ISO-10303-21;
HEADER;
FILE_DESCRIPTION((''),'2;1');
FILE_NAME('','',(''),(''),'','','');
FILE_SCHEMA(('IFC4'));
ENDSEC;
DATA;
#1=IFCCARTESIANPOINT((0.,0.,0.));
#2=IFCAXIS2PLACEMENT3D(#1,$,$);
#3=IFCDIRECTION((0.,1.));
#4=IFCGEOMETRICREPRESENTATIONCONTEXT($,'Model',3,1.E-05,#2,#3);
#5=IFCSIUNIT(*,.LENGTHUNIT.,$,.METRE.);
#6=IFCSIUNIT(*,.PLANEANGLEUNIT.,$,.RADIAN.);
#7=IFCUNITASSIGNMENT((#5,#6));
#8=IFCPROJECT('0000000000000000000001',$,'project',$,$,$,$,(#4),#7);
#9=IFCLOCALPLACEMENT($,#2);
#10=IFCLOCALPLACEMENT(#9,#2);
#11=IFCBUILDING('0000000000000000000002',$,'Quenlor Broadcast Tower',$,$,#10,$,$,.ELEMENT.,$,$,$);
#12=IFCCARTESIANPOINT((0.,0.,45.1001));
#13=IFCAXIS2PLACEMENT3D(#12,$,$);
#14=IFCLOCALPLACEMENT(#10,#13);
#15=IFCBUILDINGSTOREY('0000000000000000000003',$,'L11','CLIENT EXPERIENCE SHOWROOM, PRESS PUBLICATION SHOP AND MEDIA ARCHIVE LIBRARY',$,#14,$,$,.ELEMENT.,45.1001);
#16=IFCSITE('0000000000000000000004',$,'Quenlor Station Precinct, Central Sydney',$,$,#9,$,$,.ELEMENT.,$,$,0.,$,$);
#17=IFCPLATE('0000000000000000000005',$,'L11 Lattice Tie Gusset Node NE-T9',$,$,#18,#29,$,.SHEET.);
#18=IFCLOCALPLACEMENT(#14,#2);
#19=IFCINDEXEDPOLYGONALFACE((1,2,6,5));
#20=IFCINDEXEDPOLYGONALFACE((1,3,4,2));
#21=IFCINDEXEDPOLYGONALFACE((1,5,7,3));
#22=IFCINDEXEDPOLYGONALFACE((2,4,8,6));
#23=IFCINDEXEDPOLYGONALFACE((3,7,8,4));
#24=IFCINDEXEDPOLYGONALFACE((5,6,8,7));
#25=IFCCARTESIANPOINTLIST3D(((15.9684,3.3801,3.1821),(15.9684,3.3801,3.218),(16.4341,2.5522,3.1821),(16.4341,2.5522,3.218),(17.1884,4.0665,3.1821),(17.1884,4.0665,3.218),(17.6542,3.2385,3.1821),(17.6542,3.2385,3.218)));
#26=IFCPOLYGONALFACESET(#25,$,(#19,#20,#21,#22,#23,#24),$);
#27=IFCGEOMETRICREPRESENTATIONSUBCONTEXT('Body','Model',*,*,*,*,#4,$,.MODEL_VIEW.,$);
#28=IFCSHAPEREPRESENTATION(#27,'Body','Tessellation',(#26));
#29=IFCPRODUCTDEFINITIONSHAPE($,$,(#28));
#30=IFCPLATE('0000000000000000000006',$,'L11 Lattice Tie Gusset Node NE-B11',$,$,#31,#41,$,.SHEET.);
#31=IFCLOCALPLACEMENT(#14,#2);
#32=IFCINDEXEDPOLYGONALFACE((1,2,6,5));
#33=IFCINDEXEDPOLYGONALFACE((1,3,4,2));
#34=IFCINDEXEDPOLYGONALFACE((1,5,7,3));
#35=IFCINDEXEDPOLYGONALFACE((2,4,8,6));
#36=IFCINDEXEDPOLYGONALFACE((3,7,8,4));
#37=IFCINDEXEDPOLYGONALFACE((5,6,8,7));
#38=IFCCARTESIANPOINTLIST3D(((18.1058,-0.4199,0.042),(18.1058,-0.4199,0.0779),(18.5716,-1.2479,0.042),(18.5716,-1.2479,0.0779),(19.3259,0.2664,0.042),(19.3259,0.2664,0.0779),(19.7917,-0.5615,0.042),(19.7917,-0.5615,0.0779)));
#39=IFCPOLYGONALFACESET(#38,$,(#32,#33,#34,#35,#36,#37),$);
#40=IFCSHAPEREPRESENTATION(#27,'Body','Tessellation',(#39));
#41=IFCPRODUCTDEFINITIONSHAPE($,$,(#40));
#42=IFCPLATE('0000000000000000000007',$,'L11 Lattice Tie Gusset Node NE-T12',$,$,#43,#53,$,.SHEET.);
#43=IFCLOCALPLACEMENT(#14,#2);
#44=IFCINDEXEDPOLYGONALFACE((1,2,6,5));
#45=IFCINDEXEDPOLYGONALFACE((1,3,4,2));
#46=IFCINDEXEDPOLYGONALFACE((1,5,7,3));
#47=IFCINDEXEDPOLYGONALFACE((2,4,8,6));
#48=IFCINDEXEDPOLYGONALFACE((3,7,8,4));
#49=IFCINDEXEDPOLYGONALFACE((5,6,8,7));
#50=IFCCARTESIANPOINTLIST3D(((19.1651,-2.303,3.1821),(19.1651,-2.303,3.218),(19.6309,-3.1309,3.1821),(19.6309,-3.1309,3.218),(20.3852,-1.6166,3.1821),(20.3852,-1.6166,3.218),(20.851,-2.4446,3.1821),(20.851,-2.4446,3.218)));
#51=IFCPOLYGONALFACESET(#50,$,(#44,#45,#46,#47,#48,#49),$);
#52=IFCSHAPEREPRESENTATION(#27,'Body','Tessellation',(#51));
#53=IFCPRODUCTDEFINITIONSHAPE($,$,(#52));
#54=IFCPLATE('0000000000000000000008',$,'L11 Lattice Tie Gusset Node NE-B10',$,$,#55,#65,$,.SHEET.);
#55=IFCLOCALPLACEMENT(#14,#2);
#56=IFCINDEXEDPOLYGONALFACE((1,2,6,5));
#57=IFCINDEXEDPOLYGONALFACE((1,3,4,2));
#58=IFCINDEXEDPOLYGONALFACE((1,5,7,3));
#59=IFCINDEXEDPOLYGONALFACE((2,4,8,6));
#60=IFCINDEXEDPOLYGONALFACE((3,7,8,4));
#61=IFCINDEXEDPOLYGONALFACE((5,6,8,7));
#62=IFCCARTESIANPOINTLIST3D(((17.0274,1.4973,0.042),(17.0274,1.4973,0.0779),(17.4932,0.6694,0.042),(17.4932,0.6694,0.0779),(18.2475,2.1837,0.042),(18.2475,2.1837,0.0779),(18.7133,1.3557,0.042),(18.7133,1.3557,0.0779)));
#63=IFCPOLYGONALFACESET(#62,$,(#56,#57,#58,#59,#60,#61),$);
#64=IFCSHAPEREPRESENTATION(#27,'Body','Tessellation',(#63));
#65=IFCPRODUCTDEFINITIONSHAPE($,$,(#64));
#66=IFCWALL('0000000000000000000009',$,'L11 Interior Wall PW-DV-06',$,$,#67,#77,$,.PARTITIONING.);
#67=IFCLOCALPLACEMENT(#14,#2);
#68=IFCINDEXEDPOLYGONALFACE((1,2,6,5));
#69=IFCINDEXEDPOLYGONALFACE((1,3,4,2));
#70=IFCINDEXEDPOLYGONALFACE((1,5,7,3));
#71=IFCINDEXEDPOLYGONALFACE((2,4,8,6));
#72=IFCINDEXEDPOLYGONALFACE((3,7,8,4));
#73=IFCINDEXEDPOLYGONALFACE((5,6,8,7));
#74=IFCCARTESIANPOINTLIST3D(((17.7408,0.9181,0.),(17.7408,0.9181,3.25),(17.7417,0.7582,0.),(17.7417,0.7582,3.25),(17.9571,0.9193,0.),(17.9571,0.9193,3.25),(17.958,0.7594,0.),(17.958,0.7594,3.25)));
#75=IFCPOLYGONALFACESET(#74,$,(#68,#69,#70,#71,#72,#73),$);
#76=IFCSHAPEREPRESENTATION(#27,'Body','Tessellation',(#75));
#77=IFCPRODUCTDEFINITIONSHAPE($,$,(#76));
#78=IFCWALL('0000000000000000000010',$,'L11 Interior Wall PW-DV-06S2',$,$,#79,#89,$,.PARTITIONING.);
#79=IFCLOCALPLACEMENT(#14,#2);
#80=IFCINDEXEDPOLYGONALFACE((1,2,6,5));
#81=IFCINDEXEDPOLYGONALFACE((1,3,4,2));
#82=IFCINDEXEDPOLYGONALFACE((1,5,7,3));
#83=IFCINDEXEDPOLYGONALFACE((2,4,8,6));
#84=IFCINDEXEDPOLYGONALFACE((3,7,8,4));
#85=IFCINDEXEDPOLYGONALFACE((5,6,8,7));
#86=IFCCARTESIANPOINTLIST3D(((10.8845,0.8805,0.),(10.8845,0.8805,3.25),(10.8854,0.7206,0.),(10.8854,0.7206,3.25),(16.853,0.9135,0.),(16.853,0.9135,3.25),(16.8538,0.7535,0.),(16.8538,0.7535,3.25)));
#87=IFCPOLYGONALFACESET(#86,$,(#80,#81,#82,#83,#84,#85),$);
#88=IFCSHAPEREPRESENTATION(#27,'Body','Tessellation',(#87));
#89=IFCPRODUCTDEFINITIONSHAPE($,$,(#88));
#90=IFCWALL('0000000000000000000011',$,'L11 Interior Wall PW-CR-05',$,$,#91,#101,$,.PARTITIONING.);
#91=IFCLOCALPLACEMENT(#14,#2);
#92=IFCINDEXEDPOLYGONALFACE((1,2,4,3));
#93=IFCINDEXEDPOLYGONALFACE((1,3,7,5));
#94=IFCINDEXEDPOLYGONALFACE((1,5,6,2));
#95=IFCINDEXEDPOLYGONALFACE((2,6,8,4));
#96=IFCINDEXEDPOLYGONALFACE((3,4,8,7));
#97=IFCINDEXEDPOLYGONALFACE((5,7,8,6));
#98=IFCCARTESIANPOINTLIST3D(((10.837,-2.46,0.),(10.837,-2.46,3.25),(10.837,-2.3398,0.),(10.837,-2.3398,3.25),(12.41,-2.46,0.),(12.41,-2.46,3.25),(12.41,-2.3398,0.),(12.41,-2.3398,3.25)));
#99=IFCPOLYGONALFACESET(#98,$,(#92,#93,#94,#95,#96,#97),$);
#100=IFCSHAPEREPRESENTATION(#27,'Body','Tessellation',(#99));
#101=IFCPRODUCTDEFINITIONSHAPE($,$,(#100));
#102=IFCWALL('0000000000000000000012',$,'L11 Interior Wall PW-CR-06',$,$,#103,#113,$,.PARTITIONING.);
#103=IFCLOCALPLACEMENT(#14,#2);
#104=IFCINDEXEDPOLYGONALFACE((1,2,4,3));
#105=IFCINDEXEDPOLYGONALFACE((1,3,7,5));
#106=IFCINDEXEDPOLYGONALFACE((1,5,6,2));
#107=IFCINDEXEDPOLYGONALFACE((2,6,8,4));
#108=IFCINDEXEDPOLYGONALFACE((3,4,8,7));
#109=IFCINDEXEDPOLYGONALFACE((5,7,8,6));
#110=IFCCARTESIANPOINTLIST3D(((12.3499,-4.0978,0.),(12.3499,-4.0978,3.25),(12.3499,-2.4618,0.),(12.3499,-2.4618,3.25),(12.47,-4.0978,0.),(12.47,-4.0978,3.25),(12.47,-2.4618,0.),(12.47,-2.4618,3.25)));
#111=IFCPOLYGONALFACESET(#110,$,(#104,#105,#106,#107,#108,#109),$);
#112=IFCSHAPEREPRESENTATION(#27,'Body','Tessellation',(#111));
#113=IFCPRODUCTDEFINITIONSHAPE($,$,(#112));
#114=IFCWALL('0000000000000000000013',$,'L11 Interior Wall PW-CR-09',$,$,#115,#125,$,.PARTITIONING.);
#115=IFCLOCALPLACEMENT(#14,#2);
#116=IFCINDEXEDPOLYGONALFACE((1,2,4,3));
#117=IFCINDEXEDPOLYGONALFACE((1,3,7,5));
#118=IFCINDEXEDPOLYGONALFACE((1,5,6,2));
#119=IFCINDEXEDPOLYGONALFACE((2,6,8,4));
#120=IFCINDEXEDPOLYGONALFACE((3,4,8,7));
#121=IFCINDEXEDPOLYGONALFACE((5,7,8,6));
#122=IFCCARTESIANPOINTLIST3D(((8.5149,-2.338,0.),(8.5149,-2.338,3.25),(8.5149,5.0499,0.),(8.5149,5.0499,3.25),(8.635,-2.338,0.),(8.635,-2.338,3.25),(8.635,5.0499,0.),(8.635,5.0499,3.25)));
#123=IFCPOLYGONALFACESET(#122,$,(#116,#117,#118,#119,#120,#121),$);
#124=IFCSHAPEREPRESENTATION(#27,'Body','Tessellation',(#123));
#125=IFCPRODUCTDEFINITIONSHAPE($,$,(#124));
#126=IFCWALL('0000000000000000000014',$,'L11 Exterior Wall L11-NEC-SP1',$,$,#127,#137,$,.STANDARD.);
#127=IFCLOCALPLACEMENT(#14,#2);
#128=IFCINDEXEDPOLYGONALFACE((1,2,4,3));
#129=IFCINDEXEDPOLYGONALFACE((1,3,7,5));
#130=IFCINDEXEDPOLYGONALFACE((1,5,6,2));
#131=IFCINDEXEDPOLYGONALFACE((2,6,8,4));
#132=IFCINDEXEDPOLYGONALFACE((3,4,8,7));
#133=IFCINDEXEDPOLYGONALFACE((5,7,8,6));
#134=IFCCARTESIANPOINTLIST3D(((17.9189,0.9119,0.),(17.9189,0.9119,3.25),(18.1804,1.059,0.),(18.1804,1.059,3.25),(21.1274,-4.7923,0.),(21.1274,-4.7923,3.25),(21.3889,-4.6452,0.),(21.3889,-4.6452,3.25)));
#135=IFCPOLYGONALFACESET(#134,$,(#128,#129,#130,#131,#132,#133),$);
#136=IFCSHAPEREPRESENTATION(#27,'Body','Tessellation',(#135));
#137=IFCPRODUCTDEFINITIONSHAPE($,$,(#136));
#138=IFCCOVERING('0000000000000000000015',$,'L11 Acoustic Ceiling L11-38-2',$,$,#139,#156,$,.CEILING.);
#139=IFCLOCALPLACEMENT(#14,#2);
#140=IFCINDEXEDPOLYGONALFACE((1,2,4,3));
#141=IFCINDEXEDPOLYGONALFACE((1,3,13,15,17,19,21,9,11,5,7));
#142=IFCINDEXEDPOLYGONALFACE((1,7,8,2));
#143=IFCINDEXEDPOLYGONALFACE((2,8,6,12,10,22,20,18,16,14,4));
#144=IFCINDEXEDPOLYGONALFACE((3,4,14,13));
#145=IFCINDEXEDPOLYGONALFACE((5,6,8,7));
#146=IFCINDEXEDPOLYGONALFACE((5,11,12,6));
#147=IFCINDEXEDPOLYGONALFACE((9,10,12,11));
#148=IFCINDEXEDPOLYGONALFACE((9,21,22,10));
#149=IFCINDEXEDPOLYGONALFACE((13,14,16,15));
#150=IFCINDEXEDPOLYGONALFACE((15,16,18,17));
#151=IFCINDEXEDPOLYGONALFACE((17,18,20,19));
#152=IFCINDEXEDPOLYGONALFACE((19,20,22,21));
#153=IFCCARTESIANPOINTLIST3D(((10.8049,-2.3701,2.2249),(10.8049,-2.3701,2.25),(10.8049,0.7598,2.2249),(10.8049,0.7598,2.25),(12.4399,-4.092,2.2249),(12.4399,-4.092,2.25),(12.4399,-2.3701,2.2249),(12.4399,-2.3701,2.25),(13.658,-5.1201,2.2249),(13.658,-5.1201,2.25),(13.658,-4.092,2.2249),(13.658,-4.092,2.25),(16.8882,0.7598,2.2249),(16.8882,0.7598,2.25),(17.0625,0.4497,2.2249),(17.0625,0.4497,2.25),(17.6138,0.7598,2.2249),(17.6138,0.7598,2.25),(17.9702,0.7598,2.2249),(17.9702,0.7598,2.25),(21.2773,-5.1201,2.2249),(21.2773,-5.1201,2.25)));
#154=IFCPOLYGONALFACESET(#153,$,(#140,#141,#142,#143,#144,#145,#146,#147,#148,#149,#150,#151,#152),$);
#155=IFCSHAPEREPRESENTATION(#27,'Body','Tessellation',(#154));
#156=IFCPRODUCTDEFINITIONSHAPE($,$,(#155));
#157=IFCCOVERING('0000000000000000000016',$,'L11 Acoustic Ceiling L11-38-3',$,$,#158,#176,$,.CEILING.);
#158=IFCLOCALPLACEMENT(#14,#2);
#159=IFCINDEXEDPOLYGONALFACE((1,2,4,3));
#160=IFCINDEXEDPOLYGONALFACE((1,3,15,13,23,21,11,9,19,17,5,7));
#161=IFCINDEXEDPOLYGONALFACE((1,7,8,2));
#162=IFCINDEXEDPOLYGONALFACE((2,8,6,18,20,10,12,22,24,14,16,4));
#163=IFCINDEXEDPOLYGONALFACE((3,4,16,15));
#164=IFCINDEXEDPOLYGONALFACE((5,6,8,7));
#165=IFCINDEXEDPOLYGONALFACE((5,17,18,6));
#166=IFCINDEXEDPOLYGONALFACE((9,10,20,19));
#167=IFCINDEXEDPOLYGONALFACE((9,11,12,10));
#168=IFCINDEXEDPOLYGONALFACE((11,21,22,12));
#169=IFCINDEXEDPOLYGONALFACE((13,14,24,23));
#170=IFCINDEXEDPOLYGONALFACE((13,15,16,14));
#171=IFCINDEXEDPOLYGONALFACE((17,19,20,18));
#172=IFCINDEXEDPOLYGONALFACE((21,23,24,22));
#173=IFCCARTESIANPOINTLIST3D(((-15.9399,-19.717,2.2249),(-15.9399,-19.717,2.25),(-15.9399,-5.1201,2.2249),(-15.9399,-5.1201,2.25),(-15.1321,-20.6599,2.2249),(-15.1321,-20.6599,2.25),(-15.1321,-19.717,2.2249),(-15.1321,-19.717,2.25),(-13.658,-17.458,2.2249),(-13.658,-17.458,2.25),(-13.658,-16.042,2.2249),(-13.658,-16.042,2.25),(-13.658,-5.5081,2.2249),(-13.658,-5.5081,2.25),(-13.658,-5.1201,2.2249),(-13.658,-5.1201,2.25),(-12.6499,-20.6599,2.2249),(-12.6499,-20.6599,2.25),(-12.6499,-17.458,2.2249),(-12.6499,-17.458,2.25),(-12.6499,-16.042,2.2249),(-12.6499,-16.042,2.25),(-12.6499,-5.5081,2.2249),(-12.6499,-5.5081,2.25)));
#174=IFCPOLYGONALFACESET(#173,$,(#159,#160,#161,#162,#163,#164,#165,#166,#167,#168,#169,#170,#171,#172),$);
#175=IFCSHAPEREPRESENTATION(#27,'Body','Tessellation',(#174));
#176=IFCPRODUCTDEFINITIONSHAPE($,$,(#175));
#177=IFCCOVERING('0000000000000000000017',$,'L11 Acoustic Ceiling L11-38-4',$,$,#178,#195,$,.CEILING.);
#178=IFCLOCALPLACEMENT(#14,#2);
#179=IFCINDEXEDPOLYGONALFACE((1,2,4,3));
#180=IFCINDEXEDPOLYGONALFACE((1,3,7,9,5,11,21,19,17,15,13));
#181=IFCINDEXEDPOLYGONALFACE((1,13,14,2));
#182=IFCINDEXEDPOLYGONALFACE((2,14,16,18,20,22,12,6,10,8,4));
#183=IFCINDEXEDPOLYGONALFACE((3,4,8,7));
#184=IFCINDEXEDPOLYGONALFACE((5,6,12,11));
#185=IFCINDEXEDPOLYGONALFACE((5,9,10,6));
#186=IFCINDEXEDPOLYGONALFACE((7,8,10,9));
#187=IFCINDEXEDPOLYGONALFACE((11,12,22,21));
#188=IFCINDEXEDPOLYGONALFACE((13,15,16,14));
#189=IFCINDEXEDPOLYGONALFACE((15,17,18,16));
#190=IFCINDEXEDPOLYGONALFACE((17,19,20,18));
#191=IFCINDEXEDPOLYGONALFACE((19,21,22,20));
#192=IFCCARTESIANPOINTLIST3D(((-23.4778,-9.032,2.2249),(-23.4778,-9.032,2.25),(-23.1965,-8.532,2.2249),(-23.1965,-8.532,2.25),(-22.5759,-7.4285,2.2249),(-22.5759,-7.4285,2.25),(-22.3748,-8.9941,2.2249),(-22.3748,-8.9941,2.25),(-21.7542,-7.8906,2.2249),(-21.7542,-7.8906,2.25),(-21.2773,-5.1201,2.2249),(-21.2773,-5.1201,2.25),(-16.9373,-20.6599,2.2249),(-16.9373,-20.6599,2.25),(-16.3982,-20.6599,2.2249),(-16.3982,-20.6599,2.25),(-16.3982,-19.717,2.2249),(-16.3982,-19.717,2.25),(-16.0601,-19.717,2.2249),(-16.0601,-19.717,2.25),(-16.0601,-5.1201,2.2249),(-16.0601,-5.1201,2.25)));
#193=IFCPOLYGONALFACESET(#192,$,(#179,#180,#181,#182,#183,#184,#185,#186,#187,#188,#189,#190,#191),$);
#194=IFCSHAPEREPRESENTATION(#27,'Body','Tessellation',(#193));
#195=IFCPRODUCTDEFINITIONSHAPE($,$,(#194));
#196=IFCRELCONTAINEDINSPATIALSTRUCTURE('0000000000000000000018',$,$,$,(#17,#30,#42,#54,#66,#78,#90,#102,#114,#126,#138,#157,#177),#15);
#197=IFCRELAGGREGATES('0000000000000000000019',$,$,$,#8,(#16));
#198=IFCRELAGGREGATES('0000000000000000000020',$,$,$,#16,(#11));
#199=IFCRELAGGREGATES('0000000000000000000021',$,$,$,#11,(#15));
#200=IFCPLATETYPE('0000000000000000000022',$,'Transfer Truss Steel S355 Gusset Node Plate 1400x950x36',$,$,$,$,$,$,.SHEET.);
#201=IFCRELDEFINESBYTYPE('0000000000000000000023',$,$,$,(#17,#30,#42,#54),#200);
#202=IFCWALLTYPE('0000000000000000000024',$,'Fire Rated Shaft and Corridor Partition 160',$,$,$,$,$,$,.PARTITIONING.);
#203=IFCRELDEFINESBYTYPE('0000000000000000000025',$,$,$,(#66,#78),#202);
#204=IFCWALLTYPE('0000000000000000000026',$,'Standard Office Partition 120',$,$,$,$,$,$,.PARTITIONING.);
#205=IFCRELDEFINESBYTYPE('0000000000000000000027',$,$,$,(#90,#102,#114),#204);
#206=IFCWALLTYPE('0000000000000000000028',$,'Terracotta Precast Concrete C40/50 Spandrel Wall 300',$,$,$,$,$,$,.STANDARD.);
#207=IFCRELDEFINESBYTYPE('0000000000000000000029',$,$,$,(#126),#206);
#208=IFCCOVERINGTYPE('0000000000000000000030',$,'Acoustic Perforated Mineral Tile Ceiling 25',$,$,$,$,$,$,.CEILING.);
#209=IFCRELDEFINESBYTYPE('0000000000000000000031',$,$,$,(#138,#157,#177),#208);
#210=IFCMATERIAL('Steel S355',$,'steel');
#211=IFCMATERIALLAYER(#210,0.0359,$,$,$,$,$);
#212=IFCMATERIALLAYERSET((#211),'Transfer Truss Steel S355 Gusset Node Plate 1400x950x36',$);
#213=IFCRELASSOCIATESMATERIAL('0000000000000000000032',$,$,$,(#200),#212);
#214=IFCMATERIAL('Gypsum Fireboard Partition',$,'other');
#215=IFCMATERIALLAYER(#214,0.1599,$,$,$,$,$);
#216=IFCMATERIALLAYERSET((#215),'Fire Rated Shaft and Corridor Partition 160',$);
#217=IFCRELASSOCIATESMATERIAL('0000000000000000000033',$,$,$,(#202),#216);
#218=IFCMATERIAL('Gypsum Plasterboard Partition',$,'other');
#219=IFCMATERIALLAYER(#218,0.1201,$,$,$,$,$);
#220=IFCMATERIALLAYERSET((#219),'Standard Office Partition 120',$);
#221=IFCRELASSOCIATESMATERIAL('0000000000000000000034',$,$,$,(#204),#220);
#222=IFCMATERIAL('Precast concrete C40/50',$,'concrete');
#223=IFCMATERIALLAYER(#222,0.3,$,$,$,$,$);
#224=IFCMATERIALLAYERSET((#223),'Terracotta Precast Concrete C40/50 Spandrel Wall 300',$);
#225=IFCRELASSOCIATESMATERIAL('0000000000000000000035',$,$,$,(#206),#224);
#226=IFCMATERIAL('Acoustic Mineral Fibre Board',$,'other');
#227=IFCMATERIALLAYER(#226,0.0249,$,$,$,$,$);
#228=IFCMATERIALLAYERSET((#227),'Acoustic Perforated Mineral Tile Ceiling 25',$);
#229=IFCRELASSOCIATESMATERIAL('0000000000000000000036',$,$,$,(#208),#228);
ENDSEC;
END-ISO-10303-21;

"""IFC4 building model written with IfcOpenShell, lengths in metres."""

from ifc_helpers import new_model, si_unit, direction, frame, frame_2d, origin, origin_2d, place, context, subcontext, project, spatial, polyline, rectangle, outline, extrude, material, layer, layer_set, type_object, element, save


model = new_model("IFC4")

# Units and contexts
model_context = context("Model", 3, precision=1e-05, world=origin(), true_north=direction((0.0, 1.0)))
body_context = subcontext(model_context, "Body", "Model", "MODEL_VIEW")
ifc_project = project(units=[si_unit("LENGTHUNIT", "METRE"), si_unit("PLANEANGLEUNIT", "RADIAN")], contexts=[model_context])

# Site, building, storey
site_placement = place(None, origin())
site = spatial("IfcSite", under=ifc_project, at=site_placement, Name="Quenlor Station Precinct, Central Sydney", CompositionType="ELEMENT", RefElevation=0.0)
building_placement = place(site_placement, origin())
building = spatial("IfcBuilding", under=site, at=building_placement, Name="Quenlor Broadcast Tower", CompositionType="ELEMENT")
storey_placement = place(building_placement, frame((0.0, 0.0, 45.1001)))
storey = spatial("IfcBuildingStorey", under=building, at=storey_placement, Name="L11", Description="CLIENT EXPERIENCE SHOWROOM, PRESS PUBLICATION SHOP AND MEDIA ARCHIVE LIBRARY", CompositionType="ELEMENT", Elevation=45.1001)

# Plates
ifc_material_1 = material(Name="Steel S355", Category="steel")
ifc_layer_1 = layer(ifc_material_1, 0.0359)
ifc_layer_set_1 = layer_set([ifc_layer_1], Name="Transfer Truss Steel S355 Gusset Node Plate 1400x950x36")
plate_type = type_object("IfcPlateType", Name="Transfer Truss Steel S355 Gusset Node Plate 1400x950x36", PredefinedType="SHEET", material=ifc_layer_set_1)
for number, where, z_axis, x_axis, name in (
    (1, (16.8113, 3.3093, 3.1821), (0.0, 0.0, 1.0), (0.871556, 0.490295, 0.0), "L11 Lattice Tie Gusset Node NE-T9"),
    (2, (18.9487, -0.4907, 0.042), (0.0, 0.0, 1.0), (0.871556, 0.490295, 0.0), "L11 Lattice Tie Gusset Node NE-B11"),
    (3, (20.0081, -2.3738, 3.1821), (0.0, 0.0, 1.0), (0.871556, 0.490295, 0.0), "L11 Lattice Tie Gusset Node NE-T12"),
    (4, (17.8704, 1.4265, 0.042), (0.0, 0.0, 1.0), (0.871556, 0.490295, 0.0), "L11 Lattice Tie Gusset Node NE-B10"),
):
    element("IfcPlate", number, at=place(storey_placement, frame(where, z_axis=z_axis, x_axis=x_axis)), inside=storey, type_object=plate_type, Name=name, PredefinedType="SHEET", context=body_context, shape_type="SweptSolid", body=[
        extrude(rectangle(XDim=1.3999, YDim=0.95, at=origin_2d()), origin(), (0.0, 0.0, 1.0), 0.0359),
    ])

# Walls
ifc_material_2 = material(Name="Gypsum Fireboard Partition", Category="other")
ifc_layer_2 = layer(ifc_material_2, 0.1599)
ifc_layer_set_2 = layer_set([ifc_layer_2], Name="Fire Rated Shaft and Corridor Partition 160")
wall_type_1 = type_object("IfcWallType", Name="Fire Rated Shaft and Corridor Partition 160", PredefinedType="PARTITIONING", material=ifc_layer_set_2)
wall_1_placement = place(storey_placement, frame((17.9575, 0.8394, 0.0), z_axis=(0.0, 0.0, 1.0), x_axis=(-0.999984, -0.005643, 0.0)))
element("IfcWall", 5, at=wall_1_placement, inside=storey, type_object=wall_type_1, Name="L11 Interior Wall PW-DV-06", PredefinedType="PARTITIONING", context=body_context, shape_type="SweptSolid", body=[
    extrude(rectangle(XDim=0.2163, YDim=0.1599, at=frame_2d((0.1082, 0.0))), origin(), (0.0, 0.0, 1.0), 3.25),
])
wall_2_placement = place(storey_placement, frame((16.8535, 0.8335, 0.0), z_axis=(0.0, 0.0, 1.0), x_axis=(-0.999985, -0.005522, 0.0)))
element("IfcWall", 6, at=wall_2_placement, inside=storey, type_object=wall_type_1, Name="L11 Interior Wall PW-DV-06S2", PredefinedType="PARTITIONING", context=body_context, shape_type="SweptSolid", body=[
    extrude(rectangle(XDim=5.9685, YDim=0.1599, at=frame_2d((2.9844, 0.0))), origin(), (0.0, 0.0, 1.0), 3.25),
])
ifc_material_3 = material(Name="Gypsum Plasterboard Partition", Category="other")
ifc_layer_3 = layer(ifc_material_3, 0.1201)
ifc_layer_set_3 = layer_set([ifc_layer_3], Name="Standard Office Partition 120")
wall_type_2 = type_object("IfcWallType", Name="Standard Office Partition 120", PredefinedType="PARTITIONING", material=ifc_layer_set_3)
wall_3_placement = place(storey_placement, frame((10.8369, -2.3999, 0.0), z_axis=(0.0, 0.0, 1.0), x_axis=(1.0, 0.0, 0.0)))
element("IfcWall", 7, at=wall_3_placement, inside=storey, type_object=wall_type_2, Name="L11 Interior Wall PW-CR-05", PredefinedType="PARTITIONING", context=body_context, shape_type="SweptSolid", body=[
    extrude(rectangle(XDim=1.573, YDim=0.1201, at=frame_2d((0.7866, 0.0))), origin(), (0.0, 0.0, 1.0), 3.25),
])
wall_4_placement = place(storey_placement, frame((12.4099, -2.4619, 0.0), z_axis=(0.0, 0.0, 1.0), x_axis=(0.0, -1.0, 0.0)))
element("IfcWall", 8, at=wall_4_placement, inside=storey, type_object=wall_type_2, Name="L11 Interior Wall PW-CR-06", PredefinedType="PARTITIONING", context=body_context, shape_type="SweptSolid", body=[
    extrude(rectangle(XDim=1.636, YDim=0.1201, at=frame_2d((0.8179, 0.0))), origin(), (0.0, 0.0, 1.0), 3.25),
])
wall_5_placement = place(storey_placement, frame((8.575, -2.3379, 0.0), z_axis=(0.0, 0.0, 1.0), x_axis=(0.0, 1.0, 0.0)))
element("IfcWall", 9, at=wall_5_placement, inside=storey, type_object=wall_type_2, Name="L11 Interior Wall PW-CR-09", PredefinedType="PARTITIONING", context=body_context, shape_type="SweptSolid", body=[
    extrude(rectangle(XDim=7.3879, YDim=0.1201, at=frame_2d((3.6938, 0.0))), origin(), (0.0, 0.0, 1.0), 3.25),
])
ifc_material_4 = material(Name="Precast concrete C40/50", Category="concrete")
ifc_layer_4 = layer(ifc_material_4, 0.3)
ifc_layer_set_4 = layer_set([ifc_layer_4], Name="Terracotta Precast Concrete C40/50 Spandrel Wall 300")
wall_type_3 = type_object("IfcWallType", Name="Terracotta Precast Concrete C40/50 Spandrel Wall 300", PredefinedType="STANDARD", material=ifc_layer_set_4)
wall_6_placement = place(storey_placement, frame((18.0496, 0.9856, 0.0), z_axis=(0.0, 0.0, 1.0), x_axis=(0.490254, -0.87158, 0.0)))
element("IfcWall", 10, at=wall_6_placement, inside=storey, type_object=wall_type_3, Name="L11 Exterior Wall L11-NEC-SP1", PredefinedType="STANDARD", context=body_context, shape_type="SweptSolid", body=[
    extrude(rectangle(XDim=6.5447, YDim=0.3, at=frame_2d((3.2725, 0.0))), origin(), (0.0, 0.0, 1.0), 3.25),
])

# Coverings
ifc_material_5 = material(Name="Acoustic Mineral Fibre Board", Category="other")
ifc_layer_5 = layer(ifc_material_5, 0.0249)
ifc_layer_set_5 = layer_set([ifc_layer_5], Name="Acoustic Perforated Mineral Tile Ceiling 25")
covering_type = type_object("IfcCoveringType", Name="Acoustic Perforated Mineral Tile Ceiling 25", PredefinedType="CEILING", material=ifc_layer_set_5)
covering_1_placement = place(storey_placement, frame((0.0, 0.0, 2.2249)))
element("IfcCovering", 11, at=covering_1_placement, inside=storey, type_object=covering_type, Name="L11 Acoustic Ceiling L11-38-2", PredefinedType="CEILING", context=body_context, shape_type="SweptSolid", body=[
    extrude(outline(polyline([(13.658, -4.092), (12.4399, -4.092), (12.4399, -2.3701), (10.8049, -2.3701), (10.8049, 0.7598), (16.8882, 0.7598), (17.0625, 0.4497), (17.6138, 0.7598), (17.9702, 0.7598), (21.2773, -5.1201), (13.658, -5.1201), (13.658, -4.092)])), origin(), (0.0, 0.0, 1.0), 0.0251),
])
covering_2_placement = place(storey_placement, frame((0.0, 0.0, 2.2249)))
element("IfcCovering", 12, at=covering_2_placement, inside=storey, type_object=covering_type, Name="L11 Acoustic Ceiling L11-38-3", PredefinedType="CEILING", context=body_context, shape_type="SweptSolid", body=[
    extrude(outline(polyline([(-13.658, -5.5081), (-12.6499, -5.5081), (-12.6499, -16.042), (-13.658, -16.042), (-13.658, -17.458), (-12.6499, -17.458), (-12.6499, -20.6599), (-15.1321, -20.6599), (-15.1321, -19.717), (-15.9399, -19.717), (-15.9399, -5.1201), (-13.658, -5.1201), (-13.658, -5.5081)])), origin(), (0.0, 0.0, 1.0), 0.0251),
])
covering_3_placement = place(storey_placement, frame((0.0, 0.0, 2.2249)))
element("IfcCovering", 13, at=covering_3_placement, inside=storey, type_object=covering_type, Name="L11 Acoustic Ceiling L11-38-4", PredefinedType="CEILING", context=body_context, shape_type="SweptSolid", body=[
    extrude(outline(polyline([(-16.0601, -19.717), (-16.3982, -19.717), (-16.3982, -20.6599), (-16.9373, -20.6599), (-23.4778, -9.032), (-23.1965, -8.532), (-22.3748, -8.9941), (-21.7542, -7.8906), (-22.5759, -7.4285), (-21.2773, -5.1201), (-16.0601, -5.1201), (-16.0601, -19.717)])), origin(), (0.0, 0.0, 1.0), 0.0251),
])

save(model, "model.ifc")
